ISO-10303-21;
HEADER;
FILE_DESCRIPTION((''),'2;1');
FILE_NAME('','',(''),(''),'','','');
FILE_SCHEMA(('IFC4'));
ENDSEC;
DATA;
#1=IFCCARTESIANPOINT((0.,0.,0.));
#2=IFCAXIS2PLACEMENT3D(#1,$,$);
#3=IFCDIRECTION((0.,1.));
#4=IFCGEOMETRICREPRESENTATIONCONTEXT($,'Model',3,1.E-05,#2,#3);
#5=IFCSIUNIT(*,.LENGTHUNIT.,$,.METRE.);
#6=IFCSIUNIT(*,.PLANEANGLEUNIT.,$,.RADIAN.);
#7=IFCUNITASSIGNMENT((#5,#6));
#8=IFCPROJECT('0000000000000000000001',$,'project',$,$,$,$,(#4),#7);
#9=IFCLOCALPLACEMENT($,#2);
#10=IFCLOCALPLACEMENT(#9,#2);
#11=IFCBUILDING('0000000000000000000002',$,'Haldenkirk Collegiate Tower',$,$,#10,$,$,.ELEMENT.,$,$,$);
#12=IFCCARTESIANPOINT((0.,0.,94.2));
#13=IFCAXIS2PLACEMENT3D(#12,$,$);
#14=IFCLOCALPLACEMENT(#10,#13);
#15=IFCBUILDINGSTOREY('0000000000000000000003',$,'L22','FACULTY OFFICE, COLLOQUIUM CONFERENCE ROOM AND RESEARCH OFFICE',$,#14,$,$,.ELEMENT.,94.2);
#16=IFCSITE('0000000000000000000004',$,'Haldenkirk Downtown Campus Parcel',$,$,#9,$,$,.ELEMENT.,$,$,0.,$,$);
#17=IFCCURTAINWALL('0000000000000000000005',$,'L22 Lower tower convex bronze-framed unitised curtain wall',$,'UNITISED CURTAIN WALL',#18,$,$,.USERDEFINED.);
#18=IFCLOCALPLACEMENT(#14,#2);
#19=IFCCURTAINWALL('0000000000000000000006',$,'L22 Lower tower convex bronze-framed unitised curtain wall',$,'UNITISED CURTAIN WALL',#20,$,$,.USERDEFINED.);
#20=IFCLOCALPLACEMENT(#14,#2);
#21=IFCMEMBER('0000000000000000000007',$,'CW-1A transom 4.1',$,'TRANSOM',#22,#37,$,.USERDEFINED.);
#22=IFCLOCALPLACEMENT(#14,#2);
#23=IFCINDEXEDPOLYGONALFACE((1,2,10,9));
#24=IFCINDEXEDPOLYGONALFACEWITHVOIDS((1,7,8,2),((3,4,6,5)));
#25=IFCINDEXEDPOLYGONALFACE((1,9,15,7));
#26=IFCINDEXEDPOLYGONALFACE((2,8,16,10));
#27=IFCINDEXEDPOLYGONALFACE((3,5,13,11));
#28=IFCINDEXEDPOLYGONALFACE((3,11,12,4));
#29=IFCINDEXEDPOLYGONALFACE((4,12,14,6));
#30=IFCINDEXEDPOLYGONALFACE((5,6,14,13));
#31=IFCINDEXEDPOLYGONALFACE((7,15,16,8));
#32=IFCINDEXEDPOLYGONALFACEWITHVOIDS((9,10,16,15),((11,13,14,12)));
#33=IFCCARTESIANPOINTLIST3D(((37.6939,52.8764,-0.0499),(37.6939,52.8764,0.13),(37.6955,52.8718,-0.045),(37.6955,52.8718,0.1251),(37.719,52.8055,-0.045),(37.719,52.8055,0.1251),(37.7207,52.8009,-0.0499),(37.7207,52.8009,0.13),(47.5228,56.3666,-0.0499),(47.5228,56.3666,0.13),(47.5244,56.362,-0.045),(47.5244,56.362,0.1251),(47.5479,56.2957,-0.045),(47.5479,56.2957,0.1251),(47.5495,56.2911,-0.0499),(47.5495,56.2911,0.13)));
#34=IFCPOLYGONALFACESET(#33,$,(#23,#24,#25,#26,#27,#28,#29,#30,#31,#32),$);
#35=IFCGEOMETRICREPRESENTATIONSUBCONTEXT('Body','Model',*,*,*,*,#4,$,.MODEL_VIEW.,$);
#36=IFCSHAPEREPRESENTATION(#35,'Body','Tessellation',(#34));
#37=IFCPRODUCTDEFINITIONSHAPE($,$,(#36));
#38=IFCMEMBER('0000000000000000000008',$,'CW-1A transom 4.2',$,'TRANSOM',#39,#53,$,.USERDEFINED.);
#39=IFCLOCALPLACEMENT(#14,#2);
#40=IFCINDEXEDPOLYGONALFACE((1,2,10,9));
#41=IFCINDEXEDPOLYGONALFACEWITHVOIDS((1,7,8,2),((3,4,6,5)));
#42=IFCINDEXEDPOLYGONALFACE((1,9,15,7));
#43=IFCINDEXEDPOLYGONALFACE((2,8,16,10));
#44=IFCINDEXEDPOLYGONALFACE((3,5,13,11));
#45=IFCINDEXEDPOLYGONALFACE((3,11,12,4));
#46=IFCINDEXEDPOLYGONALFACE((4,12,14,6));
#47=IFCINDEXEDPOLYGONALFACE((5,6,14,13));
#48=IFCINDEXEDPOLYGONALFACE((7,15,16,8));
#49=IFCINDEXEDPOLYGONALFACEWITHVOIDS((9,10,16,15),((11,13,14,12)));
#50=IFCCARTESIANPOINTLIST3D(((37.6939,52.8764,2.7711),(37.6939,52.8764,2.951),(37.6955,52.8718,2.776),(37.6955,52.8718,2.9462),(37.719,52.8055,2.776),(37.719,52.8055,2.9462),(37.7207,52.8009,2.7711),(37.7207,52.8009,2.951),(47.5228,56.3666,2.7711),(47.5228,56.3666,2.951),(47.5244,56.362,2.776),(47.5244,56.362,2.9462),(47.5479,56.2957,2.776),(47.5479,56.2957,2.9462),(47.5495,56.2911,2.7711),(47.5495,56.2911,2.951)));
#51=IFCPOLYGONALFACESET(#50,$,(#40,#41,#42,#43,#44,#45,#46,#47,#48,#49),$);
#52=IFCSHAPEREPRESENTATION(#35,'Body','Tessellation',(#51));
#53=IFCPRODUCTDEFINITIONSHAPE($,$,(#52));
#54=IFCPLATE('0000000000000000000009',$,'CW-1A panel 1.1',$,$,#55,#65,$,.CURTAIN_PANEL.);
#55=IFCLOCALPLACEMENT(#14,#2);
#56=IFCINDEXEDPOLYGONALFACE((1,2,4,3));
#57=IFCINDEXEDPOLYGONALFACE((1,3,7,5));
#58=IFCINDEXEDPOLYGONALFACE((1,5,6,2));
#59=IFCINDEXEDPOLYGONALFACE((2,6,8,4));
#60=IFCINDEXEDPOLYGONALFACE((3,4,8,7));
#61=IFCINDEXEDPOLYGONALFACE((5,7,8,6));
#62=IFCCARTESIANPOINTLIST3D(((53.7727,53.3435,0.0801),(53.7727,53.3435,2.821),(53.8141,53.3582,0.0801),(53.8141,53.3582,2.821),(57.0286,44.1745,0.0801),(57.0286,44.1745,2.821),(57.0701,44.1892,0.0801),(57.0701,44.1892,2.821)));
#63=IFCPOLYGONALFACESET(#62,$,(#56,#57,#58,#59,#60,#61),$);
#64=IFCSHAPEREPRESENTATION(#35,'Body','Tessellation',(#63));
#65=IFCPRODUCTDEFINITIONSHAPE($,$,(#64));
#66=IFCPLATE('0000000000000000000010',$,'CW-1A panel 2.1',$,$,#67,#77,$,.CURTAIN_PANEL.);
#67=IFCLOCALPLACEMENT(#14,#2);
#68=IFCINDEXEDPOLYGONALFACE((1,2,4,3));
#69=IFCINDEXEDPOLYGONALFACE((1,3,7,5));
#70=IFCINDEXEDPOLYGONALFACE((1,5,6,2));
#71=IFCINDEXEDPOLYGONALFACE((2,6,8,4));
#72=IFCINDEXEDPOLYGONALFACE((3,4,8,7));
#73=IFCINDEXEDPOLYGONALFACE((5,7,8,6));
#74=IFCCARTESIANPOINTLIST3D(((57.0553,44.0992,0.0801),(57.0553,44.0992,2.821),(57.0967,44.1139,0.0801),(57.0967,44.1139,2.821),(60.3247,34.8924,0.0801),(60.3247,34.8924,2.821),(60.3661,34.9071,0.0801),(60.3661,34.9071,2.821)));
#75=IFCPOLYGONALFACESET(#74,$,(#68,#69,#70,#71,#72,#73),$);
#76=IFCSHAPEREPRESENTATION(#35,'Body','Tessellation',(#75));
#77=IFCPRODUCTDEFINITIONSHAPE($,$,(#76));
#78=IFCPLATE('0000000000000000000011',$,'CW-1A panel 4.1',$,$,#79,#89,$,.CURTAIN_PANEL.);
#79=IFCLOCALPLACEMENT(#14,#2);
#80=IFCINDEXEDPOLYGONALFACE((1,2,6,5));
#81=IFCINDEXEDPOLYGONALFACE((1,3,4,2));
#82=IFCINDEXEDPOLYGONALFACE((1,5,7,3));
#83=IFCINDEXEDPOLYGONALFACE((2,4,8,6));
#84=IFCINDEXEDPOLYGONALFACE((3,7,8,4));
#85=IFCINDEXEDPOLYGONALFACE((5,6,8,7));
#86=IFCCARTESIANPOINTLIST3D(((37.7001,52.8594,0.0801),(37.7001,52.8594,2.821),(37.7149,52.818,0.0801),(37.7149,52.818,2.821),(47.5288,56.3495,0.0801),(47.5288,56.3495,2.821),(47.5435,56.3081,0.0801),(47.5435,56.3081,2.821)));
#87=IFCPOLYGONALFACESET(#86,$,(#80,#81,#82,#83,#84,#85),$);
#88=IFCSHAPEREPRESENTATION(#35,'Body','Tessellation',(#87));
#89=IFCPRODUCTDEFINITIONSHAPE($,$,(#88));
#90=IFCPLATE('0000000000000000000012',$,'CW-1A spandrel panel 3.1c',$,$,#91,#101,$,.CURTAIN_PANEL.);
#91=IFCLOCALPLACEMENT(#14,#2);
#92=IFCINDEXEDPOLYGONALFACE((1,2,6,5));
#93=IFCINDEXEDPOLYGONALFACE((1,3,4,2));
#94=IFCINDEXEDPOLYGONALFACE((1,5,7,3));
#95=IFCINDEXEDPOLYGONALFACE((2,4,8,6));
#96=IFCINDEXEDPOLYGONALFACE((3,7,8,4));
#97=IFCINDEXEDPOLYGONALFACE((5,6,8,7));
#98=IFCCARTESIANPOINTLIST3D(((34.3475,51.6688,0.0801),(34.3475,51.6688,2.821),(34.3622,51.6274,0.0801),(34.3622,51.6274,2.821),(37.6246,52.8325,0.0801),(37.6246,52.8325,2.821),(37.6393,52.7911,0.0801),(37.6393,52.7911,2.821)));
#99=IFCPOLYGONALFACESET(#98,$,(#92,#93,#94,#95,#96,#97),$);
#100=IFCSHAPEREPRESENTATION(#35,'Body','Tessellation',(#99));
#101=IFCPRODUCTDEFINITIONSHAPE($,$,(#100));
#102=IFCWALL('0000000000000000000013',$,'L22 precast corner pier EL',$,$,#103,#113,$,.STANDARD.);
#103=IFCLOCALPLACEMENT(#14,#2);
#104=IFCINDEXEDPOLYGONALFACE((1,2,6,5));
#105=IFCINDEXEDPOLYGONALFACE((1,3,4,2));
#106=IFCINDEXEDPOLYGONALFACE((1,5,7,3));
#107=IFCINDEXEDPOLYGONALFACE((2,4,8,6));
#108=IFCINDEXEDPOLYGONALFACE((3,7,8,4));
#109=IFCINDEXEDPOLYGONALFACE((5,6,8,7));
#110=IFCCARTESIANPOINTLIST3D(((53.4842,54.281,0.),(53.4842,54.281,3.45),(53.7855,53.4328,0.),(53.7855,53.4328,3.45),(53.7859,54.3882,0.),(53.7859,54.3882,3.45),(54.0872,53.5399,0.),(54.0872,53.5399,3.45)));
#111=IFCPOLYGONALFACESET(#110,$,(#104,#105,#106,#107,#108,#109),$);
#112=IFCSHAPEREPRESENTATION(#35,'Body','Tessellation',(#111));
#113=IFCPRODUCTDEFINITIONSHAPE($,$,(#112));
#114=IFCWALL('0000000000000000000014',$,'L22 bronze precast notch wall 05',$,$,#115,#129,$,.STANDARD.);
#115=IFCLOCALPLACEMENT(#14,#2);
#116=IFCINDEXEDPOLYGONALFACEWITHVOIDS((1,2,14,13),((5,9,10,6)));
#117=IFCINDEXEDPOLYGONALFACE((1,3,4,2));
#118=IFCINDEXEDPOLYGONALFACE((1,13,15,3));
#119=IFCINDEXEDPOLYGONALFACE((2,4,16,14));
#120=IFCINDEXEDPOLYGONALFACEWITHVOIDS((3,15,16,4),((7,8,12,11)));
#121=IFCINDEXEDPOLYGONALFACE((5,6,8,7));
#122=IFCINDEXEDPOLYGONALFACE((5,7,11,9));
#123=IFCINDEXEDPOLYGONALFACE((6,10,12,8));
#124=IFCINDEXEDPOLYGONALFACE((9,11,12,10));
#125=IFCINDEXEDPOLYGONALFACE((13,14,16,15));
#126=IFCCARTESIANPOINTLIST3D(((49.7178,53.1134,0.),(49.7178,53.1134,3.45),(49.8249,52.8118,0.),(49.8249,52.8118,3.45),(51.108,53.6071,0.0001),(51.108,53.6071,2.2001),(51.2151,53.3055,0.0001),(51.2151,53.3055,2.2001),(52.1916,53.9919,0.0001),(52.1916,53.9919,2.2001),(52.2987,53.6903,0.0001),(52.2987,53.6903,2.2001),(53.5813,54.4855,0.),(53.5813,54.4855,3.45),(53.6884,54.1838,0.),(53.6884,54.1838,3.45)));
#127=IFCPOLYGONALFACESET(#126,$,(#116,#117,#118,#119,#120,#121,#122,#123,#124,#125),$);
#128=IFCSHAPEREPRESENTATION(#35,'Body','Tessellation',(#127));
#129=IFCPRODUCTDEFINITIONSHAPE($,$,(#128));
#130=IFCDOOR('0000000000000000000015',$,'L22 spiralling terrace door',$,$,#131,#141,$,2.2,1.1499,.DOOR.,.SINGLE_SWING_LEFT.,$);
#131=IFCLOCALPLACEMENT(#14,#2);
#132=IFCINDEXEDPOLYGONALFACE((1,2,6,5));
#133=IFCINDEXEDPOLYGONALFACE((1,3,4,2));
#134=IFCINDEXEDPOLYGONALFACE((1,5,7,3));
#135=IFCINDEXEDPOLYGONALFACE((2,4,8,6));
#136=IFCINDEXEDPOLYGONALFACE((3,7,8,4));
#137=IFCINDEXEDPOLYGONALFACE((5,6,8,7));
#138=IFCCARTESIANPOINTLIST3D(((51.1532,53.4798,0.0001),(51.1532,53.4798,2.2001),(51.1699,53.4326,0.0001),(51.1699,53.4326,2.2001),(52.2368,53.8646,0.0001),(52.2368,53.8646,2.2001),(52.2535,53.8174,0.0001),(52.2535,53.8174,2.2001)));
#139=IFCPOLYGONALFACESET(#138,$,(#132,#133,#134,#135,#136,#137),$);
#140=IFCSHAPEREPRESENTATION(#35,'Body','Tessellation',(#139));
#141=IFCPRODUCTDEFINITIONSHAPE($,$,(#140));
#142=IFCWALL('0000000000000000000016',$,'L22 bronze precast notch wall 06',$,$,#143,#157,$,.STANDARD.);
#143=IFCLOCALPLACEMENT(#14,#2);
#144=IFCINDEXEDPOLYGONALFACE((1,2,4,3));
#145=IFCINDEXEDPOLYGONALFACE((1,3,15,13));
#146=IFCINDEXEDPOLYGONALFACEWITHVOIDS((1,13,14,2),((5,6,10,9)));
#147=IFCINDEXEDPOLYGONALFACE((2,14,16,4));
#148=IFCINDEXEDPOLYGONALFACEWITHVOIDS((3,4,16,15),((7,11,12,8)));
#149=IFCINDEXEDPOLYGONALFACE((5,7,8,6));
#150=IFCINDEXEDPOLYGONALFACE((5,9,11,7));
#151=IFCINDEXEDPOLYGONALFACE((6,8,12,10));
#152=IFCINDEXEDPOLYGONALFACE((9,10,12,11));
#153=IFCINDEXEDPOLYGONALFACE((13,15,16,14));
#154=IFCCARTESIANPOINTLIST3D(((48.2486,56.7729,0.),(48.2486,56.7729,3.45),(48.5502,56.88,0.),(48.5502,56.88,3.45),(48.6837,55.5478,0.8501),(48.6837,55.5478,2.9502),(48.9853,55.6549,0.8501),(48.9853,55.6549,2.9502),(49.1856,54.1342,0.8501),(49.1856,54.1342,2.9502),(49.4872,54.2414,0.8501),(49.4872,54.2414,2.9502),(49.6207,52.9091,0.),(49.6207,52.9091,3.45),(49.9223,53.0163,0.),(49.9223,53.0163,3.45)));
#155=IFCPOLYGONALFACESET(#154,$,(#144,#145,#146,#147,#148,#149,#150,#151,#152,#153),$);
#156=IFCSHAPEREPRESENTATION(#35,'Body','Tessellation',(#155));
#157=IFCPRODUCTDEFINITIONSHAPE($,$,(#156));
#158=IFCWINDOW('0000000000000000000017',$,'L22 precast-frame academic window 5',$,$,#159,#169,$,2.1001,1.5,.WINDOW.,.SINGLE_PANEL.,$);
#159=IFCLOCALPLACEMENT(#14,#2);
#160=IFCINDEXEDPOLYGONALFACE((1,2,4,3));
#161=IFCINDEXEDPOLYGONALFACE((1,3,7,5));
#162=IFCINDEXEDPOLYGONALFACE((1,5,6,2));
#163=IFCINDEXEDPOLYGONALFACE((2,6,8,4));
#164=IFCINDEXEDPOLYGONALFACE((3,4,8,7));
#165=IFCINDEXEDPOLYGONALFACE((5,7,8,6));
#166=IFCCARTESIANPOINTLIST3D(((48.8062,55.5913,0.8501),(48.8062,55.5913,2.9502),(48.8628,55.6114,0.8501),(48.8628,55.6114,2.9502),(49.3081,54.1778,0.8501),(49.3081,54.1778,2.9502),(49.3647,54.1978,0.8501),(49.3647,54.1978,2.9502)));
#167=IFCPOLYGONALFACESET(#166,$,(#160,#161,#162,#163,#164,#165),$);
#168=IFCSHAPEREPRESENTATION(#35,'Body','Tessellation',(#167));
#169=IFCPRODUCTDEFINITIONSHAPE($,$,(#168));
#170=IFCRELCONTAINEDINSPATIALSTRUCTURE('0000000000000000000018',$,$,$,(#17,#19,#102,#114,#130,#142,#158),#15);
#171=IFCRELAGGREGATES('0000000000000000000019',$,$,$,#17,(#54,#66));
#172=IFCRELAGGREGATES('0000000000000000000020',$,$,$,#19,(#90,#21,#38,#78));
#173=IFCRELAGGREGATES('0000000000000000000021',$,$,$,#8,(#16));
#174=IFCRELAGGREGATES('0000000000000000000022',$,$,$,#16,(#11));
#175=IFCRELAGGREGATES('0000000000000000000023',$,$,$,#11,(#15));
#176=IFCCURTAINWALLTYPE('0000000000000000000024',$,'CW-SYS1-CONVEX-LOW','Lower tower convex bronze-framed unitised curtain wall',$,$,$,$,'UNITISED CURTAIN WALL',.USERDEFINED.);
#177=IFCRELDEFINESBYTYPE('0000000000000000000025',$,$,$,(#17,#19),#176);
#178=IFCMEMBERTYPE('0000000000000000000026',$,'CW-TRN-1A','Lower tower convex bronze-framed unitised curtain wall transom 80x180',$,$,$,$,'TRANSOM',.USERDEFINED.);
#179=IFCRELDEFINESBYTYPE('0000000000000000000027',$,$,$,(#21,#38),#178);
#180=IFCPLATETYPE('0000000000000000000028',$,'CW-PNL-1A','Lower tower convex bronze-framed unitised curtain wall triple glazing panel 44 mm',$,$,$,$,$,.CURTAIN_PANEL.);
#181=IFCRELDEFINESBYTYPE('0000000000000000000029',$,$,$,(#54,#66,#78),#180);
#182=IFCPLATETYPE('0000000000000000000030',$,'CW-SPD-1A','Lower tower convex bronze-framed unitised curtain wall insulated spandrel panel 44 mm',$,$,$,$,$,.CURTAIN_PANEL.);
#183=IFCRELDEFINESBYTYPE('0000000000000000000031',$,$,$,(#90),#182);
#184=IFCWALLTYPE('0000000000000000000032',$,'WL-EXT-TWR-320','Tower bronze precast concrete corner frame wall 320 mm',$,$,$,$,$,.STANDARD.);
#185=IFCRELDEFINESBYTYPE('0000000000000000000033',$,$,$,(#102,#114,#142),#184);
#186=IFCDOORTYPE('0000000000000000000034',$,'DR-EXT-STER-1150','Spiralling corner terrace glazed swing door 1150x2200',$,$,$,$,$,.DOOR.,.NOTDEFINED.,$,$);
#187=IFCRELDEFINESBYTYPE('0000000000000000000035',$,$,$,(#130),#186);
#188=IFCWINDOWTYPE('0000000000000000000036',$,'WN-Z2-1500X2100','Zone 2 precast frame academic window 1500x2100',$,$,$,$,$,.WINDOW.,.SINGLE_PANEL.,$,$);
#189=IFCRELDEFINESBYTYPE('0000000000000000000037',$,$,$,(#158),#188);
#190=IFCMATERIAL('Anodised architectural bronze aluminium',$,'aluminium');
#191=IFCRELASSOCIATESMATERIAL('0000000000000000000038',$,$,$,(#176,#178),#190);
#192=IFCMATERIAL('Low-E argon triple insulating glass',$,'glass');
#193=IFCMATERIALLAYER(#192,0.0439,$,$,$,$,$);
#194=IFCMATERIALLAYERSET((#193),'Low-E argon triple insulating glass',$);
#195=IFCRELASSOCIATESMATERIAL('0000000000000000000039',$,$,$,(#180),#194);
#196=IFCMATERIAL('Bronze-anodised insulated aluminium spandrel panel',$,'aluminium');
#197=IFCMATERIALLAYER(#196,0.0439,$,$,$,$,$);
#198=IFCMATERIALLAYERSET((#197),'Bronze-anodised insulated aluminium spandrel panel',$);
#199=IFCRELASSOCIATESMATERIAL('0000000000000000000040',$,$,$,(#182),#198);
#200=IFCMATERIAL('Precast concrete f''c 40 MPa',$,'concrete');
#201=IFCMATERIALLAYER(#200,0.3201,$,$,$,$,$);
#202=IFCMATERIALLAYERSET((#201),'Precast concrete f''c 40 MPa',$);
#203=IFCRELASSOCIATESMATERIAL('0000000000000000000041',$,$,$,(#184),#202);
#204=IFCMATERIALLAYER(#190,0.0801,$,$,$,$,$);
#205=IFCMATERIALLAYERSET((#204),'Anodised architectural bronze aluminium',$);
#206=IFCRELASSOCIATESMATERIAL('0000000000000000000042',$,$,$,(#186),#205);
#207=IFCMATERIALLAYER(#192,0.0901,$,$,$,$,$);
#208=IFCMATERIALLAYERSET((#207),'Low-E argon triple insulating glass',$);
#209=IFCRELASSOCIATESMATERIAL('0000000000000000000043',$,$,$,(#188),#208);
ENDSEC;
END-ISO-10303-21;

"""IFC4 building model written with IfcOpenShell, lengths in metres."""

from ifc_helpers import new_model, si_unit, direction, frame, frame_2d, origin, origin_2d, place, context, subcontext, project, spatial, rectangle, hollow_rectangle, extrude, source, transform, mapped, material, layer, layer_set, material_profile, profile_set, type_object, element, fill, aggregate, save


model = new_model("IFC4")

# Units and contexts
model_context = context("Model", 3, precision=1e-05, world=origin(), true_north=direction((0.0, 1.0)))
body_context = subcontext(model_context, "Body", "Model", "MODEL_VIEW")
ifc_project = project(units=[si_unit("LENGTHUNIT", "METRE"), si_unit("PLANEANGLEUNIT", "RADIAN")], contexts=[model_context])

# Site, building, storey
site_placement = place(None, origin())
site = spatial("IfcSite", under=ifc_project, at=site_placement, Name="Haldenkirk Downtown Campus Parcel", CompositionType="ELEMENT", RefElevation=0.0)
building_placement = place(site_placement, origin())
building = spatial("IfcBuilding", under=site, at=building_placement, Name="Haldenkirk Collegiate Tower", CompositionType="ELEMENT")
storey_placement = place(building_placement, frame((0.0, 0.0, 94.2)))
storey = spatial("IfcBuildingStorey", under=building, at=storey_placement, Name="L22", Description="FACULTY OFFICE, COLLOQUIUM CONFERENCE ROOM AND RESEARCH OFFICE", CompositionType="ELEMENT", Elevation=94.2)

# Curtain walls
ifc_material_1 = material(Name="Anodised architectural bronze aluminium", Category="aluminium")
curtain_wall_type = type_object("IfcCurtainWallType", Name="CW-SYS1-CONVEX-LOW", Description="Lower tower convex bronze-framed unitised curtain wall", ElementType="UNITISED CURTAIN WALL", PredefinedType="USERDEFINED", material=ifc_material_1)
curtain_wall_1_placement = place(storey_placement, origin())
curtain_wall_1 = element("IfcCurtainWall", 1, at=curtain_wall_1_placement, inside=storey, type_object=curtain_wall_type, Name="L22 Lower tower convex bronze-framed unitised curtain wall", ObjectType="UNITISED CURTAIN WALL", PredefinedType="USERDEFINED")
curtain_wall_2_placement = place(storey_placement, origin())
curtain_wall_2 = element("IfcCurtainWall", 2, at=curtain_wall_2_placement, inside=storey, type_object=curtain_wall_type, Name="L22 Lower tower convex bronze-framed unitised curtain wall", ObjectType="UNITISED CURTAIN WALL", PredefinedType="USERDEFINED")

# Members
ifc_material_profile_1 = material_profile(ifc_material_1, hollow_rectangle(XDim=0.0801, YDim=0.1799, WallThickness=0.0049, at=origin_2d()), Name="CW-TRN-1A")
ifc_profile_set_1 = profile_set([ifc_material_profile_1], Name="Anodised architectural bronze aluminium")
member_type_1 = type_object("IfcMemberType", Name="CW-TRN-1A", Description="Lower tower convex bronze-framed unitised curtain wall transom 80x180", ElementType="TRANSOM", PredefinedType="USERDEFINED", material=ifc_profile_set_1)
member_1_placement = place(storey_placement, frame((37.7073, 52.8386, 0.04), z_axis=(0.94235, 0.334629, 0.0), x_axis=(-0.334629, 0.94235, 0.0)))
member_1 = element("IfcMember", 3, at=member_1_placement, type_object=member_type_1, Name="CW-1A transom 4.1", ObjectType="TRANSOM", PredefinedType="USERDEFINED", context=body_context, shape_type="SweptSolid", body=[
    extrude(hollow_rectangle(XDim=0.0801, YDim=0.1799, WallThickness=0.0049, at=origin_2d()), origin(), (0.0, 0.0, 1.0), 10.4302),
])
member_2_placement = place(storey_placement, frame((37.7073, 52.8386, 2.8611), z_axis=(0.94235, 0.334629, 0.0), x_axis=(-0.334629, 0.94235, 0.0)))
member_2 = element("IfcMember", 4, at=member_2_placement, type_object=member_type_1, Name="CW-1A transom 4.2", ObjectType="TRANSOM", PredefinedType="USERDEFINED", context=body_context, shape_type="SweptSolid", body=[
    extrude(hollow_rectangle(XDim=0.0801, YDim=0.1799, WallThickness=0.0049, at=origin_2d()), origin(), (0.0, 0.0, 1.0), 10.4302),
])

# Plates
ifc_material_2 = material(Name="Low-E argon triple insulating glass", Category="glass")
ifc_layer_1 = layer(ifc_material_2, 0.0439)
ifc_layer_set_1 = layer_set([ifc_layer_1], Name="Low-E argon triple insulating glass")
plate_type_1 = type_object("IfcPlateType", Name="CW-PNL-1A", Description="Lower tower convex bronze-framed unitised curtain wall triple glazing panel 44 mm", PredefinedType="CURTAIN_PANEL", material=ifc_layer_set_1)
shared_shape_1 = source(origin(), body_context, "Body", "SweptSolid", [
    extrude(rectangle(XDim=9.73, YDim=0.0439, at=origin_2d()), origin(), (0.0, 0.0, 1.0), 2.741),
])
plate_1_placement = place(storey_placement, frame((55.4214, 48.7664, 0.0801), z_axis=(0.0, 0.0, 1.0), x_axis=(0.334629, -0.94235, 0.0)))
plate_1 = element("IfcPlate", 5, at=plate_1_placement, type_object=plate_type_1, Name="CW-1A panel 1.1", PredefinedType="CURTAIN_PANEL", context=body_context, shape_type="MappedRepresentation", body=[
    mapped(shared_shape_1, transform((0.0, 0.0, 0.0), x_axis=(1.0, 0.0, 0.0), y_axis=(0.0, 1.0, 0.0), z_axis=(0.0, 0.0, 1.0), scale=1.0)),
])
shared_shape_2 = source(origin(), body_context, "Body", "SweptSolid", [
    extrude(rectangle(XDim=9.77, YDim=0.0439, at=origin_2d()), origin(), (0.0, 0.0, 1.0), 2.741),
])
plate_2_placement = place(storey_placement, frame((58.7107, 39.5032, 0.0801), z_axis=(0.0, 0.0, 1.0), x_axis=(0.334629, -0.94235, 0.0)))
plate_2 = element("IfcPlate", 6, at=plate_2_placement, type_object=plate_type_1, Name="CW-1A panel 2.1", PredefinedType="CURTAIN_PANEL", context=body_context, shape_type="MappedRepresentation", body=[
    mapped(shared_shape_2, transform((0.0, 0.0, 0.0), x_axis=(1.0, 0.0, 0.0), y_axis=(0.0, 1.0, 0.0), z_axis=(0.0, 0.0, 1.0), scale=1.0)),
])
aggregate(curtain_wall_1, [plate_1, plate_2])
shared_shape_3 = source(origin(), body_context, "Body", "SweptSolid", [
    extrude(rectangle(XDim=10.4299, YDim=0.0439, at=origin_2d()), origin(), (0.0, 0.0, 1.0), 2.741),
])
plate_3_placement = place(storey_placement, frame((42.6218, 54.5837, 0.0801), z_axis=(0.0, 0.0, 1.0), x_axis=(0.94235, 0.334628, 0.0)))
plate_3 = element("IfcPlate", 7, at=plate_3_placement, type_object=plate_type_1, Name="CW-1A panel 4.1", PredefinedType="CURTAIN_PANEL", context=body_context, shape_type="MappedRepresentation", body=[
    mapped(shared_shape_3, transform((0.0, 0.0, 0.0), x_axis=(1.0, 0.0, 0.0), y_axis=(0.0, 1.0, 0.0), z_axis=(0.0, 0.0, 1.0), scale=1.0)),
])
ifc_material_3 = material(Name="Bronze-anodised insulated aluminium spandrel panel", Category="aluminium")
ifc_layer_2 = layer(ifc_material_3, 0.0439)
ifc_layer_set_2 = layer_set([ifc_layer_2], Name="Bronze-anodised insulated aluminium spandrel panel")
plate_type_2 = type_object("IfcPlateType", Name="CW-SPD-1A", Description="Lower tower convex bronze-framed unitised curtain wall insulated spandrel panel 44 mm", PredefinedType="CURTAIN_PANEL", material=ifc_layer_set_2)
shared_shape_4 = source(origin(), body_context, "Body", "SweptSolid", [
    extrude(rectangle(XDim=3.4775, YDim=0.0439, at=origin_2d()), origin(), (0.0, 0.0, 1.0), 2.741),
])
plate_4_placement = place(storey_placement, frame((35.9934, 52.23, 0.0801), z_axis=(0.0, 0.0, 1.0), x_axis=(0.94235, 0.334628, 0.0)))
plate_4 = element("IfcPlate", 8, at=plate_4_placement, type_object=plate_type_2, Name="CW-1A spandrel panel 3.1c", PredefinedType="CURTAIN_PANEL", context=body_context, shape_type="MappedRepresentation", body=[
    mapped(shared_shape_4, transform((0.0, 0.0, 0.0), x_axis=(1.0, 0.0, 0.0), y_axis=(0.0, 1.0, 0.0), z_axis=(0.0, 0.0, 1.0), scale=1.0)),
])
aggregate(curtain_wall_2, [plate_4, member_1, member_2, plate_3])

# Wall
ifc_material_4 = material(Name="Precast concrete f'c 40 MPa", Category="concrete")
ifc_layer_3 = layer(ifc_material_4, 0.3201)
ifc_layer_set_3 = layer_set([ifc_layer_3], Name="Precast concrete f'c 40 MPa")
wall_type_1 = type_object("IfcWallType", Name="WL-EXT-TWR-320", Description="Tower bronze precast concrete corner frame wall 320 mm", PredefinedType="STANDARD", material=ifc_layer_set_3)
wall_1_placement = place(storey_placement, frame((53.635, 54.3347, 0.0), z_axis=(0.0, 0.0, 1.0), x_axis=(0.334721, -0.942317, 0.0)))
element("IfcWall", 9, at=wall_1_placement, inside=storey, type_object=wall_type_1, Name="L22 precast corner pier EL", PredefinedType="STANDARD", context=body_context, shape_type="SweptSolid", body=[
    extrude(rectangle(XDim=0.9001, YDim=0.3201, at=frame_2d((0.4502, 0.0))), origin(), (0.0, 0.0, 1.0), 3.45),
])

# Wall, opening, door
wall_2_placement = place(storey_placement, frame((49.7715, 52.9626, 0.0), z_axis=(0.0, 0.0, 1.0), x_axis=(0.94234, 0.334657, 0.0)))
wall_2 = element("IfcWall", 10, at=wall_2_placement, inside=storey, type_object=wall_type_1, Name="L22 bronze precast notch wall 05", PredefinedType="STANDARD", context=body_context, shape_type="SweptSolid", body=[
    extrude(rectangle(XDim=4.0999, YDim=0.3201, at=frame_2d((2.0498, 0.0))), origin(), (0.0, 0.0, 1.0), 3.45),
])
opening_1_placement = place(wall_2_placement, frame((1.4751, 0.0, 0.0)))
opening_1 = element("IfcOpeningElement", 11, at=opening_1_placement, cuts=wall_2, PredefinedType="OPENING", context=body_context, shape_type="SweptSolid", body=[
    extrude(rectangle(XDim=1.1499, YDim=2.2, at=frame_2d((0.575, 1.1001))), frame((0.0, 0.1699, 0.0), z_axis=(0.0, -1.0, 0.0), x_axis=(1.0, 0.0, 0.0)), (0.0, 0.0, 1.0), 0.3401),
])
ifc_layer_4 = layer(ifc_material_1, 0.0801)
ifc_layer_set_4 = layer_set([ifc_layer_4], Name="Anodised architectural bronze aluminium")
door_type = type_object("IfcDoorType", Name="DR-EXT-STER-1150", Description="Spiralling corner terrace glazed swing door 1150x2200", OperationType="NOTDEFINED", PredefinedType="DOOR", material=ifc_layer_set_4)
door_placement = place(opening_1_placement, origin())
door = element("IfcDoor", 12, at=door_placement, inside=storey, type_object=door_type, Name="L22 spiralling terrace door", OperationType="SINGLE_SWING_LEFT", OverallHeight=2.2, OverallWidth=1.1499, PredefinedType="DOOR", context=body_context, shape_type="SweptSolid", body=[
    extrude(rectangle(XDim=1.1499, YDim=2.2, at=frame_2d((0.575, 1.1001))), frame((0.0, 0.0249, 0.0), z_axis=(0.0, -1.0, 0.0), x_axis=(1.0, 0.0, 0.0)), (0.0, 0.0, 1.0), 0.05),
])
fill(opening_1, door)

# Wall, opening, window
wall_3_placement = place(storey_placement, frame((48.3994, 56.8264, 0.0), z_axis=(0.0, 0.0, 1.0), x_axis=(0.334638, -0.942347, 0.0)))
wall_3 = element("IfcWall", 13, at=wall_3_placement, inside=storey, type_object=wall_type_1, Name="L22 bronze precast notch wall 06", PredefinedType="STANDARD", context=body_context, shape_type="SweptSolid", body=[
    extrude(rectangle(XDim=4.1001, YDim=0.3201, at=frame_2d((2.05, 0.0))), origin(), (0.0, 0.0, 1.0), 3.45),
])
opening_2_placement = place(wall_3_placement, frame((1.3, 0.0, 0.8501)))
opening_2 = element("IfcOpeningElement", 14, at=opening_2_placement, cuts=wall_3, PredefinedType="OPENING", context=body_context, shape_type="SweptSolid", body=[
    extrude(rectangle(XDim=1.5, YDim=2.1001, at=frame_2d((0.75, 1.05))), frame((0.0, 0.1699, 0.0), z_axis=(0.0, -1.0, 0.0), x_axis=(1.0, 0.0, 0.0)), (0.0, 0.0, 1.0), 0.3401),
])
ifc_layer_5 = layer(ifc_material_2, 0.0901)
ifc_layer_set_5 = layer_set([ifc_layer_5], Name="Low-E argon triple insulating glass")
window_type = type_object("IfcWindowType", Name="WN-Z2-1500X2100", Description="Zone 2 precast frame academic window 1500x2100", PartitioningType="SINGLE_PANEL", PredefinedType="WINDOW", material=ifc_layer_set_5)
window_placement = place(opening_2_placement, origin())
window = element("IfcWindow", 15, at=window_placement, inside=storey, type_object=window_type, Name="L22 precast-frame academic window 5", OverallHeight=2.1001, OverallWidth=1.5, PartitioningType="SINGLE_PANEL", PredefinedType="WINDOW", context=body_context, shape_type="SweptSolid", body=[
    extrude(rectangle(XDim=1.5, YDim=2.1001, at=frame_2d((0.75, 1.05))), frame((0.0, 0.03, 0.0), z_axis=(0.0, -1.0, 0.0), x_axis=(1.0, 0.0, 0.0)), (0.0, 0.0, 1.0), 0.0601),
])
fill(opening_2, window)

save(model, "model.ifc")
